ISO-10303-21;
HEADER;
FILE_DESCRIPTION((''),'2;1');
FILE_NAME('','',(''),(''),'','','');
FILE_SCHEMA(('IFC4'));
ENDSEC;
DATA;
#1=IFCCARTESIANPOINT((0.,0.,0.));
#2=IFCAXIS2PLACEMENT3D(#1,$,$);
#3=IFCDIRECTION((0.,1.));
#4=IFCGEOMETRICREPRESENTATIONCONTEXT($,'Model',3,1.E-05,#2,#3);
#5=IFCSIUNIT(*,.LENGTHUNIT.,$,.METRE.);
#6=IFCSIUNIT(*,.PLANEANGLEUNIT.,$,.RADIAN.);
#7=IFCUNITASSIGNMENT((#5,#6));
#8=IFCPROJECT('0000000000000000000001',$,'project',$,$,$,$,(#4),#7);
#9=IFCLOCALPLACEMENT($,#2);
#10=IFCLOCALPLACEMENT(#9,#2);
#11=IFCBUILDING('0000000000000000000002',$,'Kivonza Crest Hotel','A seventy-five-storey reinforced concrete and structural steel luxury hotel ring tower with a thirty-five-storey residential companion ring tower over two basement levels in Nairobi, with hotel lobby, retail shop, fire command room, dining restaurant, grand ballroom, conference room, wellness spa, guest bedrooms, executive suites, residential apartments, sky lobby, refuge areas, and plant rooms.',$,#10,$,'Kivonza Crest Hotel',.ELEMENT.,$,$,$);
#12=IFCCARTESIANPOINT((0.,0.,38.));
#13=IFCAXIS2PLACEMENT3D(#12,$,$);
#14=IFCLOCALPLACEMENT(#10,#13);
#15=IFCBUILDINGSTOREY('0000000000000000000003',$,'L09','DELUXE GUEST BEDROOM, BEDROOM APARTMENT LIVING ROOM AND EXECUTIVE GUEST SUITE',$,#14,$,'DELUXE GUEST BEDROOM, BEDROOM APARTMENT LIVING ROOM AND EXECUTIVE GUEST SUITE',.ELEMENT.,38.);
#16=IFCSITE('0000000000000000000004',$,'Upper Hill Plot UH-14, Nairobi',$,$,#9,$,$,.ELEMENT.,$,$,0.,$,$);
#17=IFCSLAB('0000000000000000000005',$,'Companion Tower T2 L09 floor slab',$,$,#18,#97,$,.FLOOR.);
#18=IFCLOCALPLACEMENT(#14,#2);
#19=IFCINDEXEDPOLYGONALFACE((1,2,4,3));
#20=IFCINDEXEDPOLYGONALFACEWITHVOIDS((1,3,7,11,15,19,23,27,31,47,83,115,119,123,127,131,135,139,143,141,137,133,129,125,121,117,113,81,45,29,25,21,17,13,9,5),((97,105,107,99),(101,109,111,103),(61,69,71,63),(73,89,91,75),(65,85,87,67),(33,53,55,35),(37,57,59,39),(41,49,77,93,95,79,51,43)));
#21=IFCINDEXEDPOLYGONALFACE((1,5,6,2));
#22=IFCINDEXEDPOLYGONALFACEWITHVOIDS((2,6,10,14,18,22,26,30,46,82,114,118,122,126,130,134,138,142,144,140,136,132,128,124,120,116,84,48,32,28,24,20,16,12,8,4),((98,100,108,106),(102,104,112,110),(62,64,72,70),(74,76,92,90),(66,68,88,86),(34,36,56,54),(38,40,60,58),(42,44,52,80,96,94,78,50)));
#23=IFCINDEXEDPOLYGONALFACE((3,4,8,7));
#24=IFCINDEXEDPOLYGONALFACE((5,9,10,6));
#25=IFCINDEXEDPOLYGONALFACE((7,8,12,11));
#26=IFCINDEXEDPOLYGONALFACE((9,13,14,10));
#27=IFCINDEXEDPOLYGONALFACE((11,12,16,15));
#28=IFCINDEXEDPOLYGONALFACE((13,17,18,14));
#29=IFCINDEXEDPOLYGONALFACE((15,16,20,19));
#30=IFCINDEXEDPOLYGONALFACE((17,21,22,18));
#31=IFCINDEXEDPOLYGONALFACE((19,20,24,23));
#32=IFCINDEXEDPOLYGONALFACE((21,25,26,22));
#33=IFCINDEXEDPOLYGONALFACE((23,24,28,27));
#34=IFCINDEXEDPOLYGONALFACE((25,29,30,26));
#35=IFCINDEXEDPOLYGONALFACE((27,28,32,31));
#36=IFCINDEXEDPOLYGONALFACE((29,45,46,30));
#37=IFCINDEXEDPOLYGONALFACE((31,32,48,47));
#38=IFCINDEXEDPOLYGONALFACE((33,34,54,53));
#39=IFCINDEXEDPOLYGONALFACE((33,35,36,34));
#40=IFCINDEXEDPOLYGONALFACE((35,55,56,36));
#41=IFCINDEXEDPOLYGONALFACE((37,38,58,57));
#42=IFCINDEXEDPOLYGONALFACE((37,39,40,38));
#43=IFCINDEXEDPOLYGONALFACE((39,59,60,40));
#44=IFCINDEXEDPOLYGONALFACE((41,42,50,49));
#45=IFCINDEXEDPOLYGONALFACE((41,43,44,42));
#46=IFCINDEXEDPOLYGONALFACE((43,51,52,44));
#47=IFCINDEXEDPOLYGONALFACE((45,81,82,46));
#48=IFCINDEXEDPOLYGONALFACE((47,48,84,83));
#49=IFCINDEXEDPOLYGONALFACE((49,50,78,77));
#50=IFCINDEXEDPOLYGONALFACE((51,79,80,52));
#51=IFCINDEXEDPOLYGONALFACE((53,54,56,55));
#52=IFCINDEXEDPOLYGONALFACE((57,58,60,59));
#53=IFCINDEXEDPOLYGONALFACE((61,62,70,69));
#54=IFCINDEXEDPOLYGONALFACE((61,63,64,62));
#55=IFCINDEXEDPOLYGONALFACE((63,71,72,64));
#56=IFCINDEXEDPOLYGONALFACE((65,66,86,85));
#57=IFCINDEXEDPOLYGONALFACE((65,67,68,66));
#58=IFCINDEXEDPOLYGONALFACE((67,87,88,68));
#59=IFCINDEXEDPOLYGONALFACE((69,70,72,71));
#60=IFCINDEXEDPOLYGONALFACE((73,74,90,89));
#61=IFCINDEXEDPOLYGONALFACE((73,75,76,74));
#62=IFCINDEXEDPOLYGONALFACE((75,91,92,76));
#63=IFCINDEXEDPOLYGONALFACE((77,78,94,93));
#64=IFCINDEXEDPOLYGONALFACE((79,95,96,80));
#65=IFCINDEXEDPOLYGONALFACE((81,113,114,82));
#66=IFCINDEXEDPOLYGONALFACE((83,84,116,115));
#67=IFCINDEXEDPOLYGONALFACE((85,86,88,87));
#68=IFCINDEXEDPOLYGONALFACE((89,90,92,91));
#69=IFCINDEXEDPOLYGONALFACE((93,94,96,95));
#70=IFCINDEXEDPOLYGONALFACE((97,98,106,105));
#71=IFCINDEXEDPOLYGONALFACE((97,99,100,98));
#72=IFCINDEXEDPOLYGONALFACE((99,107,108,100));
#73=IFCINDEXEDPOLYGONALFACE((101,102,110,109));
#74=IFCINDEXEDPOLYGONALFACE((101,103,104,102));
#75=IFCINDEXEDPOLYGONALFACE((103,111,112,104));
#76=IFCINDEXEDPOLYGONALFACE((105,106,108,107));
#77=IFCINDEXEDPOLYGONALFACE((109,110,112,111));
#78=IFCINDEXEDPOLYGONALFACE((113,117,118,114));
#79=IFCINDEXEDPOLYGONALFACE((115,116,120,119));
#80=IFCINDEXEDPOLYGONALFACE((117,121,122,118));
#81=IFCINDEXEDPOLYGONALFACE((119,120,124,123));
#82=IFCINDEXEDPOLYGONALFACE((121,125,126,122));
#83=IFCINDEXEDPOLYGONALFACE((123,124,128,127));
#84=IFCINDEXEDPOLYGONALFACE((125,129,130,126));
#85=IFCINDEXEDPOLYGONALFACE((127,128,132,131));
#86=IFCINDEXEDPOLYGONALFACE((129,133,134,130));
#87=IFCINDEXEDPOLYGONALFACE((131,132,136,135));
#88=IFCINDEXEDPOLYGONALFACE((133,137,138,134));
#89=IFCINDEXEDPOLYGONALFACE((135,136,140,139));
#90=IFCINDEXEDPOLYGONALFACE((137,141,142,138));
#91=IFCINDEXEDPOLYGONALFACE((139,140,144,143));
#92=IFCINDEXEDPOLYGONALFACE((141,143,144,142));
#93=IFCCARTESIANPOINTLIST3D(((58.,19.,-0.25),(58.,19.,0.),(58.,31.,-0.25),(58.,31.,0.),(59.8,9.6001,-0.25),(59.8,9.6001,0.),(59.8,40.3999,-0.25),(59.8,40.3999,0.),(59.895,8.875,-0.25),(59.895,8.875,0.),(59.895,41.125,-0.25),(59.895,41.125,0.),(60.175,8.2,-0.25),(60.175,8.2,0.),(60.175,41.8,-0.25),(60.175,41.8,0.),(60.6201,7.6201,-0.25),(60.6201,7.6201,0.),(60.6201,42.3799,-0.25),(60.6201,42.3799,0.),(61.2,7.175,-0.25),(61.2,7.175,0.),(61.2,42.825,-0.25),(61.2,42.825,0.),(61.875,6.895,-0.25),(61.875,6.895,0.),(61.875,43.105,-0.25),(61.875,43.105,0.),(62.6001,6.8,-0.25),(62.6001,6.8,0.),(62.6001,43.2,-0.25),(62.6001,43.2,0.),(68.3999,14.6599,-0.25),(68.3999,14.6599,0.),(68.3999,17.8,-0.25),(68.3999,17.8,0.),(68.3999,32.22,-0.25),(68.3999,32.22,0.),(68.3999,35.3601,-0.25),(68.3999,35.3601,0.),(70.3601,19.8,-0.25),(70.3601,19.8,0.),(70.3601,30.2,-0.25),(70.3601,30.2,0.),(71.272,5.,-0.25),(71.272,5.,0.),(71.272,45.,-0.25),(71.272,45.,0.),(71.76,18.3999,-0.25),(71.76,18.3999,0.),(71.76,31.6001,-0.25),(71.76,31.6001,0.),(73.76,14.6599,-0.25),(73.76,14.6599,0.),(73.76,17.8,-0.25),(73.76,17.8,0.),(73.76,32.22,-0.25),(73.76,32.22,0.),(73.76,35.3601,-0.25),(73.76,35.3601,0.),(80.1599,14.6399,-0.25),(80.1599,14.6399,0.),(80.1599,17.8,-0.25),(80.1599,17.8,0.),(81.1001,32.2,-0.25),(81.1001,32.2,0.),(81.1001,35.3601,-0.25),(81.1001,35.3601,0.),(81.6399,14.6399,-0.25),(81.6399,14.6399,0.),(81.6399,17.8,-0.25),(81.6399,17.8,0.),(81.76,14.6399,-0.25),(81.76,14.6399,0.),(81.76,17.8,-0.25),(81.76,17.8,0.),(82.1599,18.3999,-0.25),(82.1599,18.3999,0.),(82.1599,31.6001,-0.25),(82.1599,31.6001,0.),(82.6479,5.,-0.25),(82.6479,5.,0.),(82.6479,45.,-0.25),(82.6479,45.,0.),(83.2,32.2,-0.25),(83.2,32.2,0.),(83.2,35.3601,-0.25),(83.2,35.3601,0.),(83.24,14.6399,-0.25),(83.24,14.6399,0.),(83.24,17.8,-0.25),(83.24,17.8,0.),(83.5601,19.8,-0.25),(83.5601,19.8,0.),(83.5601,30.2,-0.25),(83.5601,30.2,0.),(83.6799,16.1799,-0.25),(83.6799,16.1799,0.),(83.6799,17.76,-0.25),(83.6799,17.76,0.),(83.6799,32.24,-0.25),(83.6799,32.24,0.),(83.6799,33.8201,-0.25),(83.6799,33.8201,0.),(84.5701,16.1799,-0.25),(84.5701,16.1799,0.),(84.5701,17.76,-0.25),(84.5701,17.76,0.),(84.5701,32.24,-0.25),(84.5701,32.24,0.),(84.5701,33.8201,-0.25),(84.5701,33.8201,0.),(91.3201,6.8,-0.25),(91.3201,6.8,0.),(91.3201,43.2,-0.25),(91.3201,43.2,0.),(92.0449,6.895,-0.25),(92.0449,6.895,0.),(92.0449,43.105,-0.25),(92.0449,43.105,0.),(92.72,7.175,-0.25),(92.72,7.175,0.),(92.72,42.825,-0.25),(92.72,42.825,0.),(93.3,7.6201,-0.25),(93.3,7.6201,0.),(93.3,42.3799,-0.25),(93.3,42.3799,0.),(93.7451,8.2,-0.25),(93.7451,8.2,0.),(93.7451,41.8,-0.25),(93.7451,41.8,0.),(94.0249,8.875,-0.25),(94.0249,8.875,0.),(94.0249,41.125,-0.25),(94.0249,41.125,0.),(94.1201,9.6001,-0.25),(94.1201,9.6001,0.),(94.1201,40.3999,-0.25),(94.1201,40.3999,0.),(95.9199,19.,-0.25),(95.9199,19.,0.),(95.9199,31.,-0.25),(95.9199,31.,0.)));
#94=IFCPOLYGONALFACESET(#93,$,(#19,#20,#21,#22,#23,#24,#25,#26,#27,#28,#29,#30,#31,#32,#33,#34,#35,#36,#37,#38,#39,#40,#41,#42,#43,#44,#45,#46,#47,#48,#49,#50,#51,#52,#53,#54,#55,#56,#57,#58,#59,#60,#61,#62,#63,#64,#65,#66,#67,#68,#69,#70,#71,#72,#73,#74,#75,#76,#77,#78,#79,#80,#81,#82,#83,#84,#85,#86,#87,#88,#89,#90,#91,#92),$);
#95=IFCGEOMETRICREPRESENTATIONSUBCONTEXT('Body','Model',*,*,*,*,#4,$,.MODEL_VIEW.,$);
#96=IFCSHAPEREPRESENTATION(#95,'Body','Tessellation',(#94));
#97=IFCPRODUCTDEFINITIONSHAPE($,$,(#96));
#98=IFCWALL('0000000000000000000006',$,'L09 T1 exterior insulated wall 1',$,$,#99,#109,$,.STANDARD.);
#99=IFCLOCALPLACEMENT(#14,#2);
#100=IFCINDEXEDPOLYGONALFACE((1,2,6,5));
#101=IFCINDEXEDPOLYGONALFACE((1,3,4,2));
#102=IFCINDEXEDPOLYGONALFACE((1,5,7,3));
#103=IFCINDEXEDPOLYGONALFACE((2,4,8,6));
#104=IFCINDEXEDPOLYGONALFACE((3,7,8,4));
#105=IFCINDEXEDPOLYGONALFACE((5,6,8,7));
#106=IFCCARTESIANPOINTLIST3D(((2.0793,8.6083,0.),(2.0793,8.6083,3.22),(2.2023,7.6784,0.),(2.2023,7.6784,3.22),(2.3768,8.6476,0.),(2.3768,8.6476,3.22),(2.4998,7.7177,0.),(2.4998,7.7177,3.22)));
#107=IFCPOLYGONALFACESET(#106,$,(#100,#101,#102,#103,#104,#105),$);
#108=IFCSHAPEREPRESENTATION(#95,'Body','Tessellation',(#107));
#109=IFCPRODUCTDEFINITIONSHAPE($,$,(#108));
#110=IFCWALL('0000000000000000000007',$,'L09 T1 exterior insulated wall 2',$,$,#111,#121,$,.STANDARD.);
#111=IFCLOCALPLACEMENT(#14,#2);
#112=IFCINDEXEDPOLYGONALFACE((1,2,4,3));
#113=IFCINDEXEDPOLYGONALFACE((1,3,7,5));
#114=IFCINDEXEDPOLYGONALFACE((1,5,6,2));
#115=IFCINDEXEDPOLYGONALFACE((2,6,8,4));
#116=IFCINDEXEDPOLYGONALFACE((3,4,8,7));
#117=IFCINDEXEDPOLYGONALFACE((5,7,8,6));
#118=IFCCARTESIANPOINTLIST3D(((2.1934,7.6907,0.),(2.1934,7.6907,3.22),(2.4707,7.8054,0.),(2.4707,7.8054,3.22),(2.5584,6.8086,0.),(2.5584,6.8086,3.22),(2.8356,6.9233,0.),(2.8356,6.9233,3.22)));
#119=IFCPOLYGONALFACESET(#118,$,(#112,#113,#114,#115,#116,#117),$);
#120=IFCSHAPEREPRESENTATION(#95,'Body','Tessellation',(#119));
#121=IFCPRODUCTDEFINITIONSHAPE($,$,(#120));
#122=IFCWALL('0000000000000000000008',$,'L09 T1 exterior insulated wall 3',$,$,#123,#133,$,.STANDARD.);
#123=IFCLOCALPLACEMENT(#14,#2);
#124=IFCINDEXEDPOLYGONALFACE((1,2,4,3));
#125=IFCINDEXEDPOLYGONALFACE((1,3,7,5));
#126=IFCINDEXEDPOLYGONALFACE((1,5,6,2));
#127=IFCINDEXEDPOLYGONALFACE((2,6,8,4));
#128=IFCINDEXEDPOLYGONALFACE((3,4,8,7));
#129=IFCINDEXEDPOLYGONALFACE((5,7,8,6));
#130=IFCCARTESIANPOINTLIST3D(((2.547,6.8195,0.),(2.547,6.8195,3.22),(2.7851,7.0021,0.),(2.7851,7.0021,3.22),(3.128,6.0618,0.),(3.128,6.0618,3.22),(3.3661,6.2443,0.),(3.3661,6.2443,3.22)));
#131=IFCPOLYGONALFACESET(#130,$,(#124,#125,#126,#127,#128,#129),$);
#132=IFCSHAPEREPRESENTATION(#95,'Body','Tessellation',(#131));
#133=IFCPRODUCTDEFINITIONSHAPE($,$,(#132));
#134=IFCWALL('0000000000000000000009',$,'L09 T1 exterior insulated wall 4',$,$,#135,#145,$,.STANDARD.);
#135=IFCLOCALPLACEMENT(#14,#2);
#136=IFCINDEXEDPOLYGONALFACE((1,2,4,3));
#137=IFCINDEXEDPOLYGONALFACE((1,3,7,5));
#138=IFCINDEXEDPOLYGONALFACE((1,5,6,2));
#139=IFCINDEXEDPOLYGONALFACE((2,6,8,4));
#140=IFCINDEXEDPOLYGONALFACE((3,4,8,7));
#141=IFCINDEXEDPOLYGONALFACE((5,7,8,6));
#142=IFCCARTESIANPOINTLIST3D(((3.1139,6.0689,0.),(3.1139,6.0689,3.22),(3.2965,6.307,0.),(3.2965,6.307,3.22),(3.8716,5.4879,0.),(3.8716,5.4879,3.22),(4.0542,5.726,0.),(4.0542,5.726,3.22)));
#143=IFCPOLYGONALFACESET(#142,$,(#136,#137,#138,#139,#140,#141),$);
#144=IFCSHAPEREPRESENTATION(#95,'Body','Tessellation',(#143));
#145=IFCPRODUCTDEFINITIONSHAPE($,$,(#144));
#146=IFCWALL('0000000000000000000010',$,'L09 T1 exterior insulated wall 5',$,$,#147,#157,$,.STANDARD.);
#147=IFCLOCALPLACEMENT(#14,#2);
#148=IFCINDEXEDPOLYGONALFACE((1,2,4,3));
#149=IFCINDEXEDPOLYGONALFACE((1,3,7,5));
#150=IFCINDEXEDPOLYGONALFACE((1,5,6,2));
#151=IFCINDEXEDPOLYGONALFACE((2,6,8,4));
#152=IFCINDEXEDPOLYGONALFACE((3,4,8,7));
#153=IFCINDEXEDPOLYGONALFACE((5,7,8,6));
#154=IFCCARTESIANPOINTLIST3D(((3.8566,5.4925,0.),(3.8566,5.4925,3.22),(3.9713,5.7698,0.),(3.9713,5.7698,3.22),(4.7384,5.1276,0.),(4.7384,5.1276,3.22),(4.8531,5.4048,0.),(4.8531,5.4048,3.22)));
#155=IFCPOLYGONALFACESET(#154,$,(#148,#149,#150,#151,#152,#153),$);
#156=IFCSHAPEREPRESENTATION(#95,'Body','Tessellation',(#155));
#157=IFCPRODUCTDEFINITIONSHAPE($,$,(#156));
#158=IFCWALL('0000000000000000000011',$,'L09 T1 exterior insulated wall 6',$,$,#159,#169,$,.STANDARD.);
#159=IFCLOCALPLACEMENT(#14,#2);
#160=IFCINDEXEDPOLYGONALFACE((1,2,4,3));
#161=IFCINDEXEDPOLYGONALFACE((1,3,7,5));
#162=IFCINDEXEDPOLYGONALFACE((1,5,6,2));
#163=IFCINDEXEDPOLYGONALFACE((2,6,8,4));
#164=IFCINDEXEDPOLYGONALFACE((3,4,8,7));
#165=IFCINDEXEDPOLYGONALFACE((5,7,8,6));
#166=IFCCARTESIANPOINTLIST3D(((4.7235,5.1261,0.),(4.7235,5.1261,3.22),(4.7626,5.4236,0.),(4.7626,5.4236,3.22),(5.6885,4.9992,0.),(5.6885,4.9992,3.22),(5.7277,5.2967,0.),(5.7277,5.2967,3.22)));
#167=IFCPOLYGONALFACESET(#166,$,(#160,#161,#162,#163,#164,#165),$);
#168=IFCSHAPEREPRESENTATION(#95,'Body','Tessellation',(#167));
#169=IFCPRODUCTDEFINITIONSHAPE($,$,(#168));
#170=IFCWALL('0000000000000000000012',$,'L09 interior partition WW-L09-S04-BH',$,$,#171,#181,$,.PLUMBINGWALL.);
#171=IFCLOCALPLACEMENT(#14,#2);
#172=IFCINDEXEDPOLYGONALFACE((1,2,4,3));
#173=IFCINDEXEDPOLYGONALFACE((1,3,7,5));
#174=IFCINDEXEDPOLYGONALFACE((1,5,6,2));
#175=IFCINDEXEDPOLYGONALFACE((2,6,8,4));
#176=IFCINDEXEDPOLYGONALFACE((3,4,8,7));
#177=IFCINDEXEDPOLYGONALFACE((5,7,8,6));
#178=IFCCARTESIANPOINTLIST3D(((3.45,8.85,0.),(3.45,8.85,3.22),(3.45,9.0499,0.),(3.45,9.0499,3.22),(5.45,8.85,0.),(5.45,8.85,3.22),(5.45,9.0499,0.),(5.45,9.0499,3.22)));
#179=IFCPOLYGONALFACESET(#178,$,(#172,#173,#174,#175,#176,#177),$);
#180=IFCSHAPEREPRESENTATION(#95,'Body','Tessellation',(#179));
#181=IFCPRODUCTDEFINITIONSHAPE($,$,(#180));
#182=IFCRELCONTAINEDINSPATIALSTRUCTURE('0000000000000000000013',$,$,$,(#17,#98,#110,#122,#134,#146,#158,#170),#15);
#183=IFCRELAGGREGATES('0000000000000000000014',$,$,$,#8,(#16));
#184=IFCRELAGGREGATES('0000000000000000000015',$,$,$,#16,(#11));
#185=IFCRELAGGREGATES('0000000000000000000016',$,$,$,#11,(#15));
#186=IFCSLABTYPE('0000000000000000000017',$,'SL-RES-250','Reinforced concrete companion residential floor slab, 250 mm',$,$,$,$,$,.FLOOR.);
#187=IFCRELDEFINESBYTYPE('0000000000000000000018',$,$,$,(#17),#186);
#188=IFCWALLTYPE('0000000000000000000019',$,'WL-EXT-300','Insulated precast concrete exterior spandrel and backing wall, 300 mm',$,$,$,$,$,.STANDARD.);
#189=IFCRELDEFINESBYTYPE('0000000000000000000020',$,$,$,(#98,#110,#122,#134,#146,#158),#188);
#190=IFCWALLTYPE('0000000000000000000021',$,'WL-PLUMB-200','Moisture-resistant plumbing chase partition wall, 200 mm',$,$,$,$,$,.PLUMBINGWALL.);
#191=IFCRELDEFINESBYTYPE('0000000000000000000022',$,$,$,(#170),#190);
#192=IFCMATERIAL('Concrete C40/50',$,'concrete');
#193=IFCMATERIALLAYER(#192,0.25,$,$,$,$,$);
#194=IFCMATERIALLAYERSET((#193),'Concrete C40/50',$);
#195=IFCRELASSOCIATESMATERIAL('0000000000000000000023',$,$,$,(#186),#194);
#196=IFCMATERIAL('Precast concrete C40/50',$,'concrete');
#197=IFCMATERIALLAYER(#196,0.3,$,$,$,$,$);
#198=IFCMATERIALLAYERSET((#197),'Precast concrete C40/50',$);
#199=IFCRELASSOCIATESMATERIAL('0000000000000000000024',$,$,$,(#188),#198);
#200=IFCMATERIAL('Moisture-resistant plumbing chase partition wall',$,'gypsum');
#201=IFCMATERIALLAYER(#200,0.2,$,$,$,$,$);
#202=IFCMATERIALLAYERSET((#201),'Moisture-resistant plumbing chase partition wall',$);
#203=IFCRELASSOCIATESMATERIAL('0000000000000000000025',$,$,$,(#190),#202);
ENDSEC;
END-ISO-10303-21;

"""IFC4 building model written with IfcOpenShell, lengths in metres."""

from ifc_helpers import new_model, si_unit, direction, frame, frame_2d, origin, place, context, subcontext, project, spatial, polyline, rectangle, outline, extrude, material, layer, layer_set, type_object, element, save


model = new_model("IFC4")

# Units and contexts
model_context = context("Model", 3, precision=1e-05, world=origin(), true_north=direction((0.0, 1.0)))
body_context = subcontext(model_context, "Body", "Model", "MODEL_VIEW")
ifc_project = project(units=[si_unit("LENGTHUNIT", "METRE"), si_unit("PLANEANGLEUNIT", "RADIAN")], contexts=[model_context])

# Site, building, storey
site_placement = place(None, origin())
site = spatial("IfcSite", under=ifc_project, at=site_placement, Name="Upper Hill Plot UH-14, Nairobi", CompositionType="ELEMENT", RefElevation=0.0)
building_placement = place(site_placement, origin())
building = spatial("IfcBuilding", under=site, at=building_placement, Name="Kivonza Crest Hotel", Description="A seventy-five-storey reinforced concrete and structural steel luxury hotel ring tower with a thirty-five-storey residential companion ring tower over two basement levels in Nairobi, with hotel lobby, retail shop, fire command room, dining restaurant, grand ballroom, conference room, wellness spa, guest bedrooms, executive suites, residential apartments, sky lobby, refuge areas, and plant rooms.", LongName="Kivonza Crest Hotel", CompositionType="ELEMENT")
storey_placement = place(building_placement, frame((0.0, 0.0, 38.0)))
storey = spatial("IfcBuildingStorey", under=building, at=storey_placement, Name="L09", Description="DELUXE GUEST BEDROOM, BEDROOM APARTMENT LIVING ROOM AND EXECUTIVE GUEST SUITE", LongName="DELUXE GUEST BEDROOM, BEDROOM APARTMENT LIVING ROOM AND EXECUTIVE GUEST SUITE", CompositionType="ELEMENT", Elevation=38.0)

# Shared definitions
ifc_material_1 = material(Name="Concrete C40/50", Category="concrete")

# Slab
ifc_layer_1 = layer(ifc_material_1, 0.25)
ifc_layer_set_1 = layer_set([ifc_layer_1], Name="Concrete C40/50")
slab_type_1 = type_object("IfcSlabType", Name="SL-RES-250", Description="Reinforced concrete companion residential floor slab, 250 mm", PredefinedType="FLOOR", material=ifc_layer_set_1)
slab_1_placement = place(storey_placement, frame((0.0, 0.0, -0.25)))
element("IfcSlab", 1, at=slab_1_placement, inside=storey, type_object=slab_type_1, Name="Companion Tower T2 L09 floor slab", PredefinedType="FLOOR", context=body_context, shape_type="SweptSolid", body=[
    extrude(outline(polyline([(59.8, 9.6001), (59.895, 8.875), (60.175, 8.2), (60.6201, 7.6201), (61.2, 7.175), (61.875, 6.895), (62.6001, 6.8), (71.272, 5.0), (82.6479, 5.0), (91.3201, 6.8), (92.0449, 6.895), (92.72, 7.175), (93.3, 7.6201), (93.7451, 8.2), (94.0249, 8.875), (94.1201, 9.6001), (95.9199, 19.0), (95.9199, 31.0), (94.1201, 40.3999), (94.0249, 41.125), (93.7451, 41.8), (93.3, 42.3799), (92.72, 42.825), (92.0449, 43.105), (91.3201, 43.2), (82.6479, 45.0), (71.272, 45.0), (62.6001, 43.2), (61.875, 43.105), (61.2, 42.825), (60.6201, 42.3799), (60.175, 41.8), (59.895, 41.125), (59.8, 40.3999), (58.0, 31.0), (58.0, 19.0), (59.8, 9.6001)]), holes=[polyline([(71.76, 18.3999), (82.1599, 18.3999), (83.5601, 19.8), (83.5601, 30.2), (82.1599, 31.6001), (71.76, 31.6001), (70.3601, 30.2), (70.3601, 19.8), (71.76, 18.3999)]), polyline([(68.3999, 32.22), (73.76, 32.22), (73.76, 35.3601), (68.3999, 35.3601), (68.3999, 32.22)]), polyline([(68.3999, 14.6599), (73.76, 14.6599), (73.76, 17.8), (68.3999, 17.8), (68.3999, 14.6599)]), polyline([(83.6799, 32.24), (84.5701, 32.24), (84.5701, 33.8201), (83.6799, 33.8201), (83.6799, 32.24)]), polyline([(83.6799, 16.1799), (84.5701, 16.1799), (84.5701, 17.76), (83.6799, 17.76), (83.6799, 16.1799)]), polyline([(81.1001, 32.2), (83.2, 32.2), (83.2, 35.3601), (81.1001, 35.3601), (81.1001, 32.2)]), polyline([(80.1599, 14.6399), (81.6399, 14.6399), (81.6399, 17.8), (80.1599, 17.8), (80.1599, 14.6399)]), polyline([(81.76, 14.6399), (83.24, 14.6399), (83.24, 17.8), (81.76, 17.8), (81.76, 14.6399)])]), origin(), (0.0, 0.0, 1.0), 0.25),
])

# Walls
ifc_material_2 = material(Name="Precast concrete C40/50", Category="concrete")
ifc_layer_2 = layer(ifc_material_2, 0.3)
ifc_layer_set_2 = layer_set([ifc_layer_2], Name="Precast concrete C40/50")
wall_type_1 = type_object("IfcWallType", Name="WL-EXT-300", Description="Insulated precast concrete exterior spandrel and backing wall, 300 mm", PredefinedType="STANDARD", material=ifc_layer_set_2)
wall_1_placement = place(storey_placement, frame((2.228, 8.6279, 0.0), z_axis=(0.0, 0.0, 1.0), x_axis=(0.131175, -0.991359, 0.0)))
element("IfcWall", 2, at=wall_1_placement, inside=storey, type_object=wall_type_1, Name="L09 T1 exterior insulated wall 1", PredefinedType="STANDARD", context=body_context, shape_type="SweptSolid", body=[
    extrude(rectangle(XDim=0.938, YDim=0.3, at=frame_2d((0.469, 0.0))), origin(), (0.0, 0.0, 1.0), 3.22),
])
wall_2_placement = place(storey_placement, frame((2.332, 7.748, 0.0), z_axis=(0.0, 0.0, 1.0), x_axis=(0.382344, -0.92402, 0.0)))
element("IfcWall", 3, at=wall_2_placement, inside=storey, type_object=wall_type_1, Name="L09 T1 exterior insulated wall 2", PredefinedType="STANDARD", context=body_context, shape_type="SweptSolid", body=[
    extrude(rectangle(XDim=0.9546, YDim=0.3, at=frame_2d((0.4773, 0.0))), origin(), (0.0, 0.0, 1.0), 3.22),
])
for number, where, z_axis, x_axis, name in (
    (4, (2.666, 6.9109, 0.0), (0.0, 0.0, 1.0), (0.608474, -0.793573, 0.0), "L09 T1 exterior insulated wall 3"),
    (5, (3.2051, 6.188, 0.0), (0.0, 0.0, 1.0), (0.793573, -0.608474, 0.0), "L09 T1 exterior insulated wall 4"),
):
    element("IfcWall", number, at=place(storey_placement, frame(where, z_axis=z_axis, x_axis=x_axis)), inside=storey, type_object=wall_type_1, Name=name, PredefinedType="STANDARD", context=body_context, shape_type="SweptSolid", body=[
        extrude(rectangle(XDim=0.9548, YDim=0.3, at=frame_2d((0.4775, 0.0))), origin(), (0.0, 0.0, 1.0), 3.22),
    ])
wall_3_placement = place(storey_placement, frame((3.9141, 5.6311, 0.0), z_axis=(0.0, 0.0, 1.0), x_axis=(0.923983, -0.382435, 0.0)))
element("IfcWall", 6, at=wall_3_placement, inside=storey, type_object=wall_type_1, Name="L09 T1 exterior insulated wall 5", PredefinedType="STANDARD", context=body_context, shape_type="SweptSolid", body=[
    extrude(rectangle(XDim=0.9543, YDim=0.3, at=frame_2d((0.4771, 0.0))), origin(), (0.0, 0.0, 1.0), 3.22),
])
wall_4_placement = place(storey_placement, frame((4.7429, 5.2749, 0.0), z_axis=(0.0, 0.0, 1.0), x_axis=(0.991459, -0.130422, 0.0)))
element("IfcWall", 7, at=wall_4_placement, inside=storey, type_object=wall_type_1, Name="L09 T1 exterior insulated wall 6", PredefinedType="STANDARD", context=body_context, shape_type="SweptSolid", body=[
    extrude(rectangle(XDim=0.9734, YDim=0.3, at=frame_2d((0.4868, 0.0))), origin(), (0.0, 0.0, 1.0), 3.22),
])
ifc_material_3 = material(Name="Moisture-resistant plumbing chase partition wall", Category="gypsum")
ifc_layer_3 = layer(ifc_material_3, 0.2)
ifc_layer_set_3 = layer_set([ifc_layer_3], Name="Moisture-resistant plumbing chase partition wall")
wall_type_2 = type_object("IfcWallType", Name="WL-PLUMB-200", Description="Moisture-resistant plumbing chase partition wall, 200 mm", PredefinedType="PLUMBINGWALL", material=ifc_layer_set_3)
wall_5_placement = place(storey_placement, frame((3.45, 8.95, 0.0), z_axis=(0.0, 0.0, 1.0), x_axis=(1.0, 0.0, 0.0)))
element("IfcWall", 8, at=wall_5_placement, inside=storey, type_object=wall_type_2, Name="L09 interior partition WW-L09-S04-BH", PredefinedType="PLUMBINGWALL", context=body_context, shape_type="SweptSolid", body=[
    extrude(rectangle(XDim=2.0, YDim=0.2, at=frame_2d((1.0, 0.0))), origin(), (0.0, 0.0, 1.0), 3.22),
])

save(model, "model.ifc")
